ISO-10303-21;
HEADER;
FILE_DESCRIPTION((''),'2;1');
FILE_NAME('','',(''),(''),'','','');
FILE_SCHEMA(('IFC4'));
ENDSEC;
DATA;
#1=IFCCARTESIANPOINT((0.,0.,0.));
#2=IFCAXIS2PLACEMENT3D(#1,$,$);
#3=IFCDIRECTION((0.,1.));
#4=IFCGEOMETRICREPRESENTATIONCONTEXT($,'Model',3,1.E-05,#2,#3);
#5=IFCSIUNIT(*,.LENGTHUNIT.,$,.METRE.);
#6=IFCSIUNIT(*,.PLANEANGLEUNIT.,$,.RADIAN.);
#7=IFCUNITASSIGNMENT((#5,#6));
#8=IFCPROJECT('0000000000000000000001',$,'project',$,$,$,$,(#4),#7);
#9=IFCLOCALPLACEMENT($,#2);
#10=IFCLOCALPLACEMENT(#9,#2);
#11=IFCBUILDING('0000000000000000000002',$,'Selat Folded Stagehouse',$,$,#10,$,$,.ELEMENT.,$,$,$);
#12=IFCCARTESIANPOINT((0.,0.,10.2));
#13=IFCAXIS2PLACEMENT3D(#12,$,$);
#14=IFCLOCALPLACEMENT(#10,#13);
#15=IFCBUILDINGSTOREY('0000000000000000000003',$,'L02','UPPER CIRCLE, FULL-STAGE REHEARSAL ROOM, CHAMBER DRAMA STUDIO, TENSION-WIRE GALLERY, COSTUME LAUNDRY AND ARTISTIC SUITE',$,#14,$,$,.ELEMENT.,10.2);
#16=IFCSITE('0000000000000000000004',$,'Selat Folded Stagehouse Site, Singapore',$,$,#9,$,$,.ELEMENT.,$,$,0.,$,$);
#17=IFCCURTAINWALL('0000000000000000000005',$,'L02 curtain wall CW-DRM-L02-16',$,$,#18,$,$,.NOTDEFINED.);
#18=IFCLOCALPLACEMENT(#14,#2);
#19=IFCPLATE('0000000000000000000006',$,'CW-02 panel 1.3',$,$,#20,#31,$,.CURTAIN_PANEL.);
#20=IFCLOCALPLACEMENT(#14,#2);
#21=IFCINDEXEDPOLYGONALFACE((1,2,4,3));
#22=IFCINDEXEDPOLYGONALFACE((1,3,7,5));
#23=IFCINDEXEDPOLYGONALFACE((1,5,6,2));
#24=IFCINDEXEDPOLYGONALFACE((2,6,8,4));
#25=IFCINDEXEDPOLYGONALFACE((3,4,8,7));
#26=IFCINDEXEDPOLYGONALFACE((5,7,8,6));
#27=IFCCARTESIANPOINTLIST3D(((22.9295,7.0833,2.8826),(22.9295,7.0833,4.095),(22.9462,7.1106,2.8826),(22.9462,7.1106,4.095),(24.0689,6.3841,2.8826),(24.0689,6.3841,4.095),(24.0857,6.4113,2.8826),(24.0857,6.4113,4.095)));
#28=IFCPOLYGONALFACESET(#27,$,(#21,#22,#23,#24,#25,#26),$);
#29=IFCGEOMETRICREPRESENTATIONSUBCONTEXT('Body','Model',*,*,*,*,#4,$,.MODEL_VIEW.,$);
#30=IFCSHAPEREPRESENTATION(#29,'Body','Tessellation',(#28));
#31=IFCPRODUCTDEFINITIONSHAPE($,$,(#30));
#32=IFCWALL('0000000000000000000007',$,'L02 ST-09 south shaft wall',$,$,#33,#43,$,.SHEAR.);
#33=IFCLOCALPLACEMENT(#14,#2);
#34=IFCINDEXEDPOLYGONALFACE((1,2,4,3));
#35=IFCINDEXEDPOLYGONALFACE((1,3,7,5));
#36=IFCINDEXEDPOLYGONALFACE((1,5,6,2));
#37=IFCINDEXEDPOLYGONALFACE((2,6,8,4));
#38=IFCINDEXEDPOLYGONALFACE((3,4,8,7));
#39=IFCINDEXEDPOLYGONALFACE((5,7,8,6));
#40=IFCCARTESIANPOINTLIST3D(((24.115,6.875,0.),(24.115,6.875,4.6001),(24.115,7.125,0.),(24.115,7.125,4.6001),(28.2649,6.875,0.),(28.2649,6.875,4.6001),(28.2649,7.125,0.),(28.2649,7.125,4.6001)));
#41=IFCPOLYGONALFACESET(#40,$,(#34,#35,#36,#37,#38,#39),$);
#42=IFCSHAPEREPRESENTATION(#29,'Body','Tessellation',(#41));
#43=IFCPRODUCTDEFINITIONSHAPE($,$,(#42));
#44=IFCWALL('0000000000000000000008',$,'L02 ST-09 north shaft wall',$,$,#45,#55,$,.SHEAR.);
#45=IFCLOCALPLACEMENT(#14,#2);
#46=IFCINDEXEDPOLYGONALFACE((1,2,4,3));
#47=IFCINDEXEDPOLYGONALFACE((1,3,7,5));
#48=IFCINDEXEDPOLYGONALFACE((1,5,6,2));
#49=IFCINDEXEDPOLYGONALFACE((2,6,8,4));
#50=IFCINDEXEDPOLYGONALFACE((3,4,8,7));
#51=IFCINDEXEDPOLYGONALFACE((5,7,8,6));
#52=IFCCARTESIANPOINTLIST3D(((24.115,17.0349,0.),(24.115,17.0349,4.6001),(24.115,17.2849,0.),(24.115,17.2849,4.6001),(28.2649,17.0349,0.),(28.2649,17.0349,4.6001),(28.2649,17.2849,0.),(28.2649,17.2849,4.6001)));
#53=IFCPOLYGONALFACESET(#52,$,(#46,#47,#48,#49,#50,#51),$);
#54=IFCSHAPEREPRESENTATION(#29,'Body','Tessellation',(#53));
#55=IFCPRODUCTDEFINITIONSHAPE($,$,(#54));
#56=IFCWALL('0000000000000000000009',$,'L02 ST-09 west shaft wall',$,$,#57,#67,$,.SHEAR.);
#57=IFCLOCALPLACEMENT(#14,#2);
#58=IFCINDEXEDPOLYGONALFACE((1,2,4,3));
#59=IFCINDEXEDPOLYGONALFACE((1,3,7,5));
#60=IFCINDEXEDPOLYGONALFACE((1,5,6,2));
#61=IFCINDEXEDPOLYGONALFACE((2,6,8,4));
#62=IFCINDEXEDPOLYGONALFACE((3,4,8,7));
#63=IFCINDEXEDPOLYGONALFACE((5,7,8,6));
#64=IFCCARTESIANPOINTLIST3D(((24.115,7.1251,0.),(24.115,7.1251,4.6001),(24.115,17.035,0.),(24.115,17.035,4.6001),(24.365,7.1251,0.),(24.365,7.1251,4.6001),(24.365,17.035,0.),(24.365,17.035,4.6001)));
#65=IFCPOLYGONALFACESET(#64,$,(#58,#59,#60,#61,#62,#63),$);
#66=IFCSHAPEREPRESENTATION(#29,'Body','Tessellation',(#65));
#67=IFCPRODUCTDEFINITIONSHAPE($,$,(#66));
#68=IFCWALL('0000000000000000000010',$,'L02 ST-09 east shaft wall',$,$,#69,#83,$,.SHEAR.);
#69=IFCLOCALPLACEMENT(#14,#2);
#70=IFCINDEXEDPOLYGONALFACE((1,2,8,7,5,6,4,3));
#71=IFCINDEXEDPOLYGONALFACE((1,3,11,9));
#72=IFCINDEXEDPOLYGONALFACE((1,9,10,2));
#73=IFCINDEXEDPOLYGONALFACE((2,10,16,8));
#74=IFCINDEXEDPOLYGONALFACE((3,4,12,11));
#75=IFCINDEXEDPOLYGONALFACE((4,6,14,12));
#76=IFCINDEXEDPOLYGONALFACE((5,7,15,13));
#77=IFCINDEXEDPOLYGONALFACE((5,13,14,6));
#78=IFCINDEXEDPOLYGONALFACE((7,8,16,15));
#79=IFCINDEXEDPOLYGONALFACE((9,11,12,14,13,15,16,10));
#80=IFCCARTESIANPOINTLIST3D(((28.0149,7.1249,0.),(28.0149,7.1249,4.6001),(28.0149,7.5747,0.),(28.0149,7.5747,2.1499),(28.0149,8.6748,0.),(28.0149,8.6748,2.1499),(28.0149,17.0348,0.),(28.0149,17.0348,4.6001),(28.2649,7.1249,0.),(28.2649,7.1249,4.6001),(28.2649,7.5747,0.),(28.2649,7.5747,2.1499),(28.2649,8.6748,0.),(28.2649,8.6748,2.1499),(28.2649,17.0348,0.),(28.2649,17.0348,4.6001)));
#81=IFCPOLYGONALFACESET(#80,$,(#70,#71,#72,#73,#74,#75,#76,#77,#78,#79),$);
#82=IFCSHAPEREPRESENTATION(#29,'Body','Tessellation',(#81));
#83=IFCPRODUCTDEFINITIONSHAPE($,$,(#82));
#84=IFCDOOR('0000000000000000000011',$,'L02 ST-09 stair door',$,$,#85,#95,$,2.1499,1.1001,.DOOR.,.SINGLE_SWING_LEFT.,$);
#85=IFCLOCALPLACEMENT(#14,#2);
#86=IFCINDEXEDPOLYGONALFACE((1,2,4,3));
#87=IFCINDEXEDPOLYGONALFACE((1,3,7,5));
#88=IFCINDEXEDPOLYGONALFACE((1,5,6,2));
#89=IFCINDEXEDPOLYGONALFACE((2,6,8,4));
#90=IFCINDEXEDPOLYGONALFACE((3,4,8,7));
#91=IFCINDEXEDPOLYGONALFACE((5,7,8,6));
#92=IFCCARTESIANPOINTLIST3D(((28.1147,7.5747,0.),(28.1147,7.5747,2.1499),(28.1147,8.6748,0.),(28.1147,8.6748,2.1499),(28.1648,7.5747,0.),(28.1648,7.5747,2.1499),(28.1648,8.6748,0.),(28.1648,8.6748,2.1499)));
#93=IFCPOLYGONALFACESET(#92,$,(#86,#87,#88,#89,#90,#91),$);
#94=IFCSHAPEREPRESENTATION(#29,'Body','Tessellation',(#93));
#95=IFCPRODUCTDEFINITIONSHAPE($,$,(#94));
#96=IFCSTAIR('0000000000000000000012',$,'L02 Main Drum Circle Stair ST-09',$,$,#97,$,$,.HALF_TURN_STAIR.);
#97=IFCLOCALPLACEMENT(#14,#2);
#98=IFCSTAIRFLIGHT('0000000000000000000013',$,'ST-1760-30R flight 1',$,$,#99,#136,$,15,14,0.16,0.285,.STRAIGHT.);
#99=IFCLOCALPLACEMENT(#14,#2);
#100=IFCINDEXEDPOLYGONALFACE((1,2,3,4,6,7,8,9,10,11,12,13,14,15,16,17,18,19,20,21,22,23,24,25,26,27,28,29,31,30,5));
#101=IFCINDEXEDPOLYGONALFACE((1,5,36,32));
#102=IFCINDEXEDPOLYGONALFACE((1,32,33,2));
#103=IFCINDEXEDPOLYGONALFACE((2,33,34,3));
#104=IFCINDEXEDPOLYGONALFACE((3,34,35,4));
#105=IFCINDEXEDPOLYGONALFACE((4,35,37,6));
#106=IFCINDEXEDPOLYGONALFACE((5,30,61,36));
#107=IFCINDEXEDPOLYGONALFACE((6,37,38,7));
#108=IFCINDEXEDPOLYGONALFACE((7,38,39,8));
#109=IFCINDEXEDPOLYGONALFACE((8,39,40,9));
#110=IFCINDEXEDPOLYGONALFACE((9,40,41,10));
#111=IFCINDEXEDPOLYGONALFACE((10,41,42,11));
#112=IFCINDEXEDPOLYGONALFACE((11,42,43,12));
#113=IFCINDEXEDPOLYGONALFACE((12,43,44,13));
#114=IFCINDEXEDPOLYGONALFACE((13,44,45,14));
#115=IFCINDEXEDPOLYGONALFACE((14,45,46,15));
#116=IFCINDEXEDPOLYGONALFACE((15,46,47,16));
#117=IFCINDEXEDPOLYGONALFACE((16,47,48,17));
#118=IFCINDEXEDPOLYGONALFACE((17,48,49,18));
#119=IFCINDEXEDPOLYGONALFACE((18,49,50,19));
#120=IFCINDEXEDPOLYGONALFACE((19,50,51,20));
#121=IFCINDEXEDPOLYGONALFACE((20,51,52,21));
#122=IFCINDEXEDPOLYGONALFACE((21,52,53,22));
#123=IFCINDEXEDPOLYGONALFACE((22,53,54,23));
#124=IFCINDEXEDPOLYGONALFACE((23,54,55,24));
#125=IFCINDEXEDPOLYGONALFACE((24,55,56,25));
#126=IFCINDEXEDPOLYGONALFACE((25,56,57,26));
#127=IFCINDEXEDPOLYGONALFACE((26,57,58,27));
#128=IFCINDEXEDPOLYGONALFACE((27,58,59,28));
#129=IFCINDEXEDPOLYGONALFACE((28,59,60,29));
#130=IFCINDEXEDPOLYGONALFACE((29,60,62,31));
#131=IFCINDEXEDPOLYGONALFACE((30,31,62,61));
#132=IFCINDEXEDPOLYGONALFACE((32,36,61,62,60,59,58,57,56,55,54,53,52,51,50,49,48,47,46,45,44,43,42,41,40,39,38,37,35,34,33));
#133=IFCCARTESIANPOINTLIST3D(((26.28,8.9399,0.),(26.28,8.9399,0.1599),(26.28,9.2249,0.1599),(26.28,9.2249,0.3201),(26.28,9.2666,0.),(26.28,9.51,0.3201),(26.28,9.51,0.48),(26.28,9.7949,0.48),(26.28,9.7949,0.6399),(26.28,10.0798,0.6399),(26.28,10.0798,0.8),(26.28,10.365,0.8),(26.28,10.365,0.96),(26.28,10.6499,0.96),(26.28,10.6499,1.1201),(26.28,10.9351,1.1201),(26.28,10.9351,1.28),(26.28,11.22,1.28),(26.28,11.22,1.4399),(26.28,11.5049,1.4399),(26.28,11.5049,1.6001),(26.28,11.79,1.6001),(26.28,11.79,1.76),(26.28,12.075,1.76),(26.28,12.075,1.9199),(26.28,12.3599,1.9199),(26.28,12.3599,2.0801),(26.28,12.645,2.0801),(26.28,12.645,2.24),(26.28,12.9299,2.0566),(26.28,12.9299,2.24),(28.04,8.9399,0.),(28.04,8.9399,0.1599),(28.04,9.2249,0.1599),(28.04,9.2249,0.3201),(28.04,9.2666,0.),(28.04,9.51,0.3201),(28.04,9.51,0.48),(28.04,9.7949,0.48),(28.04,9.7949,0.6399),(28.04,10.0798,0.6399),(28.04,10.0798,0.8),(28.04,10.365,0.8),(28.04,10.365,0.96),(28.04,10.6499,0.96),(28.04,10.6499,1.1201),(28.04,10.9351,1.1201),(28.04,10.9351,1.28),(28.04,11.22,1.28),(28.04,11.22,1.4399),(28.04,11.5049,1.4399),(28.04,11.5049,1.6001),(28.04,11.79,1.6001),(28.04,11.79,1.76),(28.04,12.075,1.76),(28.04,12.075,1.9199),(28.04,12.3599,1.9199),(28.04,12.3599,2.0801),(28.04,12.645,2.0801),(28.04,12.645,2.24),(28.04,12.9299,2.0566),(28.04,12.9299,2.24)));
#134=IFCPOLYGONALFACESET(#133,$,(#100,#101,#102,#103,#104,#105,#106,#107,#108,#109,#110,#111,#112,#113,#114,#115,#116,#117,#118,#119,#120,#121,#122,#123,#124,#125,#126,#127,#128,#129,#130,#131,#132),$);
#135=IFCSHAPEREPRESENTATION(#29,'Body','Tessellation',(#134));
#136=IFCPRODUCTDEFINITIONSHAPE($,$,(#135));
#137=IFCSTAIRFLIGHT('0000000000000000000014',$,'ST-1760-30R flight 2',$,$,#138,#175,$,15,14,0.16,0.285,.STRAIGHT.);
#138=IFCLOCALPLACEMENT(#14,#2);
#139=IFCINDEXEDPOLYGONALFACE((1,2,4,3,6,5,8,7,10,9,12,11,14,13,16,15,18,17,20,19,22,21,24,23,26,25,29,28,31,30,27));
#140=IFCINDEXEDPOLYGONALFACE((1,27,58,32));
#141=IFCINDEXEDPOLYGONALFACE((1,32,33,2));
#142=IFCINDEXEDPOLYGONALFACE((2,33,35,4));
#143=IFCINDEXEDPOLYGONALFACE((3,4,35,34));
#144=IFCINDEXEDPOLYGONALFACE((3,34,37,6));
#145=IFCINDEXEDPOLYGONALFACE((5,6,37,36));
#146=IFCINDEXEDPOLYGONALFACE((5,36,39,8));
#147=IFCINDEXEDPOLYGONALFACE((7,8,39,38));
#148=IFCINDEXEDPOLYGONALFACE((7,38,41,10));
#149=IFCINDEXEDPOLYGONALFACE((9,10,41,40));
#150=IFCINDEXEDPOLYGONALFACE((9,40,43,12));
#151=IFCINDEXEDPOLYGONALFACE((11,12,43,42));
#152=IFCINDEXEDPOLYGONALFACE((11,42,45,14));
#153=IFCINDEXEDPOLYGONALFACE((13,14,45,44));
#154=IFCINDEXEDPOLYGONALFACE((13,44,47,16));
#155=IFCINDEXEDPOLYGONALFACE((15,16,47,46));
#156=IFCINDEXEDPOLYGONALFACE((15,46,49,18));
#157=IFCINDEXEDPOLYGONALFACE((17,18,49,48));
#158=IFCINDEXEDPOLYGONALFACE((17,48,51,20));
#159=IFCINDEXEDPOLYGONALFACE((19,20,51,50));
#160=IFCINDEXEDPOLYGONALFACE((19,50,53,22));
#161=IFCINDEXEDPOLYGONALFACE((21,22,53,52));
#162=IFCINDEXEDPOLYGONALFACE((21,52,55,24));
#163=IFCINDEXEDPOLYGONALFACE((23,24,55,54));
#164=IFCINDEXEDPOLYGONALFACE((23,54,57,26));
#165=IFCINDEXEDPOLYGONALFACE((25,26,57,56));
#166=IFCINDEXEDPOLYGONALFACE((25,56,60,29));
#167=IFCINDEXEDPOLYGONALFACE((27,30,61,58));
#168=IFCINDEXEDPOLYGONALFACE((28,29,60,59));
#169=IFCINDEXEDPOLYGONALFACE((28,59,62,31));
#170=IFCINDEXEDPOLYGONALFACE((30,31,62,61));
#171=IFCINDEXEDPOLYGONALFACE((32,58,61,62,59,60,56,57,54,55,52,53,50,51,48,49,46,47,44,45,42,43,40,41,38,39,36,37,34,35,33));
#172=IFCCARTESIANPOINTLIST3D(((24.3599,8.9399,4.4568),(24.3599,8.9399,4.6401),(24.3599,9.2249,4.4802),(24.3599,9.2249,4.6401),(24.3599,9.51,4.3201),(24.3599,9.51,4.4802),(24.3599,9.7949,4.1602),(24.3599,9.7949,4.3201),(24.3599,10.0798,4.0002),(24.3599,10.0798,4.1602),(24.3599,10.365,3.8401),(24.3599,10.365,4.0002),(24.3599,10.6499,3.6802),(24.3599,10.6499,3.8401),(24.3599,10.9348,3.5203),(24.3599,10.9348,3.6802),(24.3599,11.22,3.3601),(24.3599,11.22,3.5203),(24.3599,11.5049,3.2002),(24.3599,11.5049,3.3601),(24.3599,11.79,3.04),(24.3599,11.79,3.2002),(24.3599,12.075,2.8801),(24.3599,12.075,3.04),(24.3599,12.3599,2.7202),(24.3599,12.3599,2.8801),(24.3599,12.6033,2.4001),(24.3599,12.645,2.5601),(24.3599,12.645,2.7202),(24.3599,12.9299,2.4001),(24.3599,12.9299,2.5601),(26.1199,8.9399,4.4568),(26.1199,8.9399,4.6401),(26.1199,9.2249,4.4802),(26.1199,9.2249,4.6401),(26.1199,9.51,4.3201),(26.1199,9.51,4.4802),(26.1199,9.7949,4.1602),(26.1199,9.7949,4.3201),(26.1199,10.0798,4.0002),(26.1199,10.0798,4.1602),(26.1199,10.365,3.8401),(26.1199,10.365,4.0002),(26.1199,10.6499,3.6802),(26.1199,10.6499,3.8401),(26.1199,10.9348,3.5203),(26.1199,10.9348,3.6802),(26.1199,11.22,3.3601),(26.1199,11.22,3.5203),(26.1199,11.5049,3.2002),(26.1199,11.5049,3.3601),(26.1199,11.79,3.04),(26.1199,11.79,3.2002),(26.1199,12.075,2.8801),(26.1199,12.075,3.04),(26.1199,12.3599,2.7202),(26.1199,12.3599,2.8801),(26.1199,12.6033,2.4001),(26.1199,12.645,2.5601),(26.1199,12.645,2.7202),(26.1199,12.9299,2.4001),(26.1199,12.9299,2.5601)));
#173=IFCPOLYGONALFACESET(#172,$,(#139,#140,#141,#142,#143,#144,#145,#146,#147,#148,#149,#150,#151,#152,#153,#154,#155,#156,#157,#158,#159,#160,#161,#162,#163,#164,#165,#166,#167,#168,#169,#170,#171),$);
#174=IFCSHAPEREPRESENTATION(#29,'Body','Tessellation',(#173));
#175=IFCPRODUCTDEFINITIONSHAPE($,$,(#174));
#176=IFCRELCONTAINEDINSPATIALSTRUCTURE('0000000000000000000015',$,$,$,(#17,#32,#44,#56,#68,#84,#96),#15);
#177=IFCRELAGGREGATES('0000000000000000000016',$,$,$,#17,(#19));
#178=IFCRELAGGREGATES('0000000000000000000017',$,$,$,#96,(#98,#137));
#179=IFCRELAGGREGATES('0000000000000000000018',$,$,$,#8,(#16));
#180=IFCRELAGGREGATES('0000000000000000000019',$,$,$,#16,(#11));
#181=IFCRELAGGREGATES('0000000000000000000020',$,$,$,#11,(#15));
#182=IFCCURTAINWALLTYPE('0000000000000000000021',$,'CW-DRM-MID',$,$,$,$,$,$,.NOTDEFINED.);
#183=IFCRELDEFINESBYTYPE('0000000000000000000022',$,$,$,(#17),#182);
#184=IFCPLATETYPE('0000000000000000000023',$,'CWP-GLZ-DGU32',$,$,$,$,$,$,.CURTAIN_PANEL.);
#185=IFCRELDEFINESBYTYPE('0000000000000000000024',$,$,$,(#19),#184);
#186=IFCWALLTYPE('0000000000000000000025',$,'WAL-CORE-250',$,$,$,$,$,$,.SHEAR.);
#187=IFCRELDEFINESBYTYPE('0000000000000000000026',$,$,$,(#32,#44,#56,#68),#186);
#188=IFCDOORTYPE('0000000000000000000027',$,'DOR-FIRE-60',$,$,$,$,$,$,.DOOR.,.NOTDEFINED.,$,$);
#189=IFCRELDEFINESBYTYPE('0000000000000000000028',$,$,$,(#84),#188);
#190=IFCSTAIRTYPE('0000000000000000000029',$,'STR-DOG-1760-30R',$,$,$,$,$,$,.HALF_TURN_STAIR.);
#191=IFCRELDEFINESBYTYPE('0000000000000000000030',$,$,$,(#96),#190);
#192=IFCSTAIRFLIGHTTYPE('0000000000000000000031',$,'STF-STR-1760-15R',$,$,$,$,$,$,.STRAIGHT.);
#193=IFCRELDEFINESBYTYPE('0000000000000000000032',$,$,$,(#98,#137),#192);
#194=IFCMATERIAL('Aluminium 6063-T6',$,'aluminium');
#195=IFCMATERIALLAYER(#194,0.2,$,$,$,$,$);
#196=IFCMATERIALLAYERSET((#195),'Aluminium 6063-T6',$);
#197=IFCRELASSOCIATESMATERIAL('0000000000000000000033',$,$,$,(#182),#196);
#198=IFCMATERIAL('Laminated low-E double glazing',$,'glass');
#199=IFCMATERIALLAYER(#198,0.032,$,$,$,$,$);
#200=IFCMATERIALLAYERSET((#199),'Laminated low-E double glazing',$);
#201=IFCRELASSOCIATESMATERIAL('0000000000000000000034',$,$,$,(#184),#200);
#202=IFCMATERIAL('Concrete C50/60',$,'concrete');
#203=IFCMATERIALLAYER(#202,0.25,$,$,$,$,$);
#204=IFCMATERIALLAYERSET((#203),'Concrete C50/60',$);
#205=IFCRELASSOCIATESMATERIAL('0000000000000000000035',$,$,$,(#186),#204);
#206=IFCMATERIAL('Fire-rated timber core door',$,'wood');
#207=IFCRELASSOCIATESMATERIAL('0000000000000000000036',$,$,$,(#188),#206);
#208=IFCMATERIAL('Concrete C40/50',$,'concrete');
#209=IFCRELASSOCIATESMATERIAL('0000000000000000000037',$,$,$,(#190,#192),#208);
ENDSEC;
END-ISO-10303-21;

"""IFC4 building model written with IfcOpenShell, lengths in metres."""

from ifc_helpers import new_model, si_unit, direction, frame, frame_2d, origin, origin_2d, place, context, subcontext, project, spatial, polyline, rectangle, outline, extrude, material, layer, layer_set, type_object, element, fill, aggregate, save


model = new_model("IFC4")

# Units and contexts
model_context = context("Model", 3, precision=1e-05, world=origin(), true_north=direction((0.0, 1.0)))
body_context = subcontext(model_context, "Body", "Model", "MODEL_VIEW")
ifc_project = project(units=[si_unit("LENGTHUNIT", "METRE"), si_unit("PLANEANGLEUNIT", "RADIAN")], contexts=[model_context])

# Site, building, storey
site_placement = place(None, origin())
site = spatial("IfcSite", under=ifc_project, at=site_placement, Name="Selat Folded Stagehouse Site, Singapore", CompositionType="ELEMENT", RefElevation=0.0)
building_placement = place(site_placement, origin())
building = spatial("IfcBuilding", under=site, at=building_placement, Name="Selat Folded Stagehouse", CompositionType="ELEMENT")
storey_placement = place(building_placement, frame((0.0, 0.0, 10.2)))
storey = spatial("IfcBuildingStorey", under=building, at=storey_placement, Name="L02", Description="UPPER CIRCLE, FULL-STAGE REHEARSAL ROOM, CHAMBER DRAMA STUDIO, TENSION-WIRE GALLERY, COSTUME LAUNDRY AND ARTISTIC SUITE", CompositionType="ELEMENT", Elevation=10.2)

# Curtain wall, plate
ifc_material_1 = material(Name="Aluminium 6063-T6", Category="aluminium")
ifc_layer_1 = layer(ifc_material_1, 0.2)
ifc_layer_set_1 = layer_set([ifc_layer_1], Name="Aluminium 6063-T6")
curtain_wall_type = type_object("IfcCurtainWallType", Name="CW-DRM-MID", PredefinedType="NOTDEFINED", material=ifc_layer_set_1)
curtain_wall_placement = place(storey_placement, origin())
curtain_wall = element("IfcCurtainWall", 1, at=curtain_wall_placement, inside=storey, type_object=curtain_wall_type, Name="L02 curtain wall CW-DRM-L02-16", PredefinedType="NOTDEFINED")
ifc_material_2 = material(Name="Laminated low-E double glazing", Category="glass")
ifc_layer_2 = layer(ifc_material_2, 0.032)
ifc_layer_set_2 = layer_set([ifc_layer_2], Name="Laminated low-E double glazing")
plate_type = type_object("IfcPlateType", Name="CWP-GLZ-DGU32", PredefinedType="CURTAIN_PANEL", material=ifc_layer_set_2)
plate_1_placement = place(storey_placement, frame((23.5076, 6.7473, 2.8826), z_axis=(0.0, 0.0, 1.0), x_axis=(-0.852317, 0.523025, 0.0)))
plate_1 = element("IfcPlate", 2, at=plate_1_placement, type_object=plate_type, Name="CW-02 panel 1.3", PredefinedType="CURTAIN_PANEL", context=body_context, shape_type="SweptSolid", body=[
    extrude(rectangle(XDim=1.3369, YDim=0.032, at=origin_2d()), origin(), (0.0, 0.0, 1.0), 1.2124),
])
aggregate(curtain_wall, [plate_1])

# Walls
ifc_material_3 = material(Name="Concrete C50/60", Category="concrete")
ifc_layer_3 = layer(ifc_material_3, 0.25)
ifc_layer_set_3 = layer_set([ifc_layer_3], Name="Concrete C50/60")
wall_type = type_object("IfcWallType", Name="WAL-CORE-250", PredefinedType="SHEAR", material=ifc_layer_set_3)
for number, where, z_axis, x_axis, name in (
    (3, (28.2649, 7.0, 0.0), (0.0, 0.0, 1.0), (-1.0, 0.0, 0.0), "L02 ST-09 south shaft wall"),
    (4, (24.115, 17.1599, 0.0), (0.0, 0.0, 1.0), (1.0, 0.0, 0.0), "L02 ST-09 north shaft wall"),
):
    element("IfcWall", number, at=place(storey_placement, frame(where, z_axis=z_axis, x_axis=x_axis)), inside=storey, type_object=wall_type, Name=name, PredefinedType="SHEAR", context=body_context, shape_type="SweptSolid", body=[
        extrude(rectangle(XDim=4.1499, YDim=0.25, at=frame_2d((2.075, 0.0))), origin(), (0.0, 0.0, 1.0), 4.6001),
    ])
wall_1_placement = place(storey_placement, frame((24.24, 7.125, 0.0), z_axis=(0.0, 0.0, 1.0), x_axis=(0.0, 1.0, 0.0)))
element("IfcWall", 5, at=wall_1_placement, inside=storey, type_object=wall_type, Name="L02 ST-09 west shaft wall", PredefinedType="SHEAR", context=body_context, shape_type="SweptSolid", body=[
    extrude(rectangle(XDim=9.9099, YDim=0.25, at=frame_2d((4.9551, 0.0))), origin(), (0.0, 0.0, 1.0), 4.6001),
])

# Wall, opening, door
wall_2_placement = place(storey_placement, frame((28.1399, 17.0349, 0.0), z_axis=(0.0, 0.0, 1.0), x_axis=(0.0, -1.0, 0.0)))
wall_2 = element("IfcWall", 6, at=wall_2_placement, inside=storey, type_object=wall_type, Name="L02 ST-09 east shaft wall", PredefinedType="SHEAR", context=body_context, shape_type="SweptSolid", body=[
    extrude(rectangle(XDim=9.9099, YDim=0.25, at=frame_2d((4.9551, 0.0))), origin(), (0.0, 0.0, 1.0), 4.6001),
])
opening_placement = place(wall_2_placement, frame((8.3601, 0.0, 0.0)))
opening = element("IfcOpeningElement", 7, at=opening_placement, cuts=wall_2, PredefinedType="OPENING", context=body_context, shape_type="SweptSolid", body=[
    extrude(rectangle(XDim=1.1001, YDim=2.1499, at=frame_2d((0.55, 1.075))), frame((0.0, 0.135, 0.0), z_axis=(0.0, -1.0, 0.0), x_axis=(1.0, 0.0, 0.0)), (0.0, 0.0, 1.0), 0.27),
])
ifc_material_4 = material(Name="Fire-rated timber core door", Category="wood")
door_type = type_object("IfcDoorType", Name="DOR-FIRE-60", OperationType="NOTDEFINED", PredefinedType="DOOR", material=ifc_material_4)
door_placement = place(opening_placement, origin())
door = element("IfcDoor", 8, at=door_placement, inside=storey, type_object=door_type, Name="L02 ST-09 stair door", OperationType="SINGLE_SWING_LEFT", OverallHeight=2.1499, OverallWidth=1.1001, PredefinedType="DOOR", context=body_context, shape_type="SweptSolid", body=[
    extrude(rectangle(XDim=1.1001, YDim=2.1499, at=frame_2d((0.55, 1.075))), frame((0.0, 0.0249, 0.0), z_axis=(0.0, -1.0, 0.0), x_axis=(1.0, 0.0, 0.0)), (0.0, 0.0, 1.0), 0.05),
])
fill(opening, door)

# Stair, stair flights
ifc_material_5 = material(Name="Concrete C40/50", Category="concrete")
stair_type = type_object("IfcStairType", Name="STR-DOG-1760-30R", PredefinedType="HALF_TURN_STAIR", material=ifc_material_5)
stair_placement = place(storey_placement, origin())
stair = element("IfcStair", 9, at=stair_placement, inside=storey, type_object=stair_type, Name="L02 Main Drum Circle Stair ST-09", PredefinedType="HALF_TURN_STAIR")
stair_flight_type = type_object("IfcStairFlightType", Name="STF-STR-1760-15R", PredefinedType="STRAIGHT", material=ifc_material_5)
stair_flight_1_placement = place(storey_placement, frame((27.1599, 8.9399, 0.0), z_axis=(0.0, 0.0, 1.0), x_axis=(0.0, 1.0, 0.0)))
stair_flight_1 = element("IfcStairFlight", 10, at=stair_flight_1_placement, type_object=stair_flight_type, Name="ST-1760-30R flight 1", NumberOfRisers=15, NumberOfTreads=14, PredefinedType="STRAIGHT", RiserHeight=0.16, TreadLength=0.285, context=body_context, shape_type="SweptSolid", body=[
    extrude(outline(polyline([(0.0, 0.0), (0.0, 0.1599), (0.2849, 0.1599), (0.2849, 0.3201), (0.5701, 0.3201), (0.5701, 0.48), (0.855, 0.48), (0.855, 0.6399), (1.1399, 0.6399), (1.1399, 0.8), (1.425, 0.8), (1.425, 0.96), (1.71, 0.96), (1.71, 1.1201), (1.9951, 1.1201), (1.9951, 1.28), (2.28, 1.28), (2.28, 1.4399), (2.5649, 1.4399), (2.5649, 1.6001), (2.8501, 1.6001), (2.8501, 1.76), (3.135, 1.76), (3.135, 1.9199), (3.4199, 1.9199), (3.4199, 2.0801), (3.7051, 2.0801), (3.7051, 2.24), (3.99, 2.24), (3.99, 2.3999), (3.99, 2.0566), (0.3267, 0.0), (0.0, 0.0)])), frame((0.0, 0.8799, 0.0), z_axis=(0.0, -1.0, 0.0), x_axis=(1.0, 0.0, 0.0)), (0.0, 0.0, 1.0), 1.76),
])
stair_flight_2_placement = place(storey_placement, frame((25.24, 12.9299, 2.4001), z_axis=(0.0, 0.0, 1.0), x_axis=(0.0, -1.0, 0.0)))
stair_flight_2 = element("IfcStairFlight", 11, at=stair_flight_2_placement, type_object=stair_flight_type, Name="ST-1760-30R flight 2", NumberOfRisers=15, NumberOfTreads=14, PredefinedType="STRAIGHT", RiserHeight=0.16, TreadLength=0.285, context=body_context, shape_type="SweptSolid", body=[
    extrude(outline(polyline([(0.0, 0.0), (0.0, 0.1599), (0.2849, 0.1599), (0.2849, 0.3201), (0.5701, 0.3201), (0.5701, 0.48), (0.855, 0.48), (0.855, 0.6399), (1.1399, 0.6399), (1.1399, 0.8), (1.425, 0.8), (1.425, 0.96), (1.71, 0.96), (1.71, 1.1201), (1.9951, 1.1201), (1.9951, 1.28), (2.28, 1.28), (2.28, 1.4399), (2.5649, 1.4399), (2.5649, 1.6001), (2.8501, 1.6001), (2.8501, 1.76), (3.135, 1.76), (3.135, 1.9199), (3.4199, 1.9199), (3.4199, 2.0801), (3.7051, 2.0801), (3.7051, 2.24), (3.99, 2.24), (3.99, 2.3999), (3.99, 2.0566), (0.3267, 0.0), (0.0, 0.0)])), frame((0.0, 0.8799, 0.0), z_axis=(0.0, -1.0, 0.0), x_axis=(1.0, 0.0, 0.0)), (0.0, 0.0, 1.0), 1.76),
])
aggregate(stair, [stair_flight_1, stair_flight_2])

save(model, "model.ifc")
